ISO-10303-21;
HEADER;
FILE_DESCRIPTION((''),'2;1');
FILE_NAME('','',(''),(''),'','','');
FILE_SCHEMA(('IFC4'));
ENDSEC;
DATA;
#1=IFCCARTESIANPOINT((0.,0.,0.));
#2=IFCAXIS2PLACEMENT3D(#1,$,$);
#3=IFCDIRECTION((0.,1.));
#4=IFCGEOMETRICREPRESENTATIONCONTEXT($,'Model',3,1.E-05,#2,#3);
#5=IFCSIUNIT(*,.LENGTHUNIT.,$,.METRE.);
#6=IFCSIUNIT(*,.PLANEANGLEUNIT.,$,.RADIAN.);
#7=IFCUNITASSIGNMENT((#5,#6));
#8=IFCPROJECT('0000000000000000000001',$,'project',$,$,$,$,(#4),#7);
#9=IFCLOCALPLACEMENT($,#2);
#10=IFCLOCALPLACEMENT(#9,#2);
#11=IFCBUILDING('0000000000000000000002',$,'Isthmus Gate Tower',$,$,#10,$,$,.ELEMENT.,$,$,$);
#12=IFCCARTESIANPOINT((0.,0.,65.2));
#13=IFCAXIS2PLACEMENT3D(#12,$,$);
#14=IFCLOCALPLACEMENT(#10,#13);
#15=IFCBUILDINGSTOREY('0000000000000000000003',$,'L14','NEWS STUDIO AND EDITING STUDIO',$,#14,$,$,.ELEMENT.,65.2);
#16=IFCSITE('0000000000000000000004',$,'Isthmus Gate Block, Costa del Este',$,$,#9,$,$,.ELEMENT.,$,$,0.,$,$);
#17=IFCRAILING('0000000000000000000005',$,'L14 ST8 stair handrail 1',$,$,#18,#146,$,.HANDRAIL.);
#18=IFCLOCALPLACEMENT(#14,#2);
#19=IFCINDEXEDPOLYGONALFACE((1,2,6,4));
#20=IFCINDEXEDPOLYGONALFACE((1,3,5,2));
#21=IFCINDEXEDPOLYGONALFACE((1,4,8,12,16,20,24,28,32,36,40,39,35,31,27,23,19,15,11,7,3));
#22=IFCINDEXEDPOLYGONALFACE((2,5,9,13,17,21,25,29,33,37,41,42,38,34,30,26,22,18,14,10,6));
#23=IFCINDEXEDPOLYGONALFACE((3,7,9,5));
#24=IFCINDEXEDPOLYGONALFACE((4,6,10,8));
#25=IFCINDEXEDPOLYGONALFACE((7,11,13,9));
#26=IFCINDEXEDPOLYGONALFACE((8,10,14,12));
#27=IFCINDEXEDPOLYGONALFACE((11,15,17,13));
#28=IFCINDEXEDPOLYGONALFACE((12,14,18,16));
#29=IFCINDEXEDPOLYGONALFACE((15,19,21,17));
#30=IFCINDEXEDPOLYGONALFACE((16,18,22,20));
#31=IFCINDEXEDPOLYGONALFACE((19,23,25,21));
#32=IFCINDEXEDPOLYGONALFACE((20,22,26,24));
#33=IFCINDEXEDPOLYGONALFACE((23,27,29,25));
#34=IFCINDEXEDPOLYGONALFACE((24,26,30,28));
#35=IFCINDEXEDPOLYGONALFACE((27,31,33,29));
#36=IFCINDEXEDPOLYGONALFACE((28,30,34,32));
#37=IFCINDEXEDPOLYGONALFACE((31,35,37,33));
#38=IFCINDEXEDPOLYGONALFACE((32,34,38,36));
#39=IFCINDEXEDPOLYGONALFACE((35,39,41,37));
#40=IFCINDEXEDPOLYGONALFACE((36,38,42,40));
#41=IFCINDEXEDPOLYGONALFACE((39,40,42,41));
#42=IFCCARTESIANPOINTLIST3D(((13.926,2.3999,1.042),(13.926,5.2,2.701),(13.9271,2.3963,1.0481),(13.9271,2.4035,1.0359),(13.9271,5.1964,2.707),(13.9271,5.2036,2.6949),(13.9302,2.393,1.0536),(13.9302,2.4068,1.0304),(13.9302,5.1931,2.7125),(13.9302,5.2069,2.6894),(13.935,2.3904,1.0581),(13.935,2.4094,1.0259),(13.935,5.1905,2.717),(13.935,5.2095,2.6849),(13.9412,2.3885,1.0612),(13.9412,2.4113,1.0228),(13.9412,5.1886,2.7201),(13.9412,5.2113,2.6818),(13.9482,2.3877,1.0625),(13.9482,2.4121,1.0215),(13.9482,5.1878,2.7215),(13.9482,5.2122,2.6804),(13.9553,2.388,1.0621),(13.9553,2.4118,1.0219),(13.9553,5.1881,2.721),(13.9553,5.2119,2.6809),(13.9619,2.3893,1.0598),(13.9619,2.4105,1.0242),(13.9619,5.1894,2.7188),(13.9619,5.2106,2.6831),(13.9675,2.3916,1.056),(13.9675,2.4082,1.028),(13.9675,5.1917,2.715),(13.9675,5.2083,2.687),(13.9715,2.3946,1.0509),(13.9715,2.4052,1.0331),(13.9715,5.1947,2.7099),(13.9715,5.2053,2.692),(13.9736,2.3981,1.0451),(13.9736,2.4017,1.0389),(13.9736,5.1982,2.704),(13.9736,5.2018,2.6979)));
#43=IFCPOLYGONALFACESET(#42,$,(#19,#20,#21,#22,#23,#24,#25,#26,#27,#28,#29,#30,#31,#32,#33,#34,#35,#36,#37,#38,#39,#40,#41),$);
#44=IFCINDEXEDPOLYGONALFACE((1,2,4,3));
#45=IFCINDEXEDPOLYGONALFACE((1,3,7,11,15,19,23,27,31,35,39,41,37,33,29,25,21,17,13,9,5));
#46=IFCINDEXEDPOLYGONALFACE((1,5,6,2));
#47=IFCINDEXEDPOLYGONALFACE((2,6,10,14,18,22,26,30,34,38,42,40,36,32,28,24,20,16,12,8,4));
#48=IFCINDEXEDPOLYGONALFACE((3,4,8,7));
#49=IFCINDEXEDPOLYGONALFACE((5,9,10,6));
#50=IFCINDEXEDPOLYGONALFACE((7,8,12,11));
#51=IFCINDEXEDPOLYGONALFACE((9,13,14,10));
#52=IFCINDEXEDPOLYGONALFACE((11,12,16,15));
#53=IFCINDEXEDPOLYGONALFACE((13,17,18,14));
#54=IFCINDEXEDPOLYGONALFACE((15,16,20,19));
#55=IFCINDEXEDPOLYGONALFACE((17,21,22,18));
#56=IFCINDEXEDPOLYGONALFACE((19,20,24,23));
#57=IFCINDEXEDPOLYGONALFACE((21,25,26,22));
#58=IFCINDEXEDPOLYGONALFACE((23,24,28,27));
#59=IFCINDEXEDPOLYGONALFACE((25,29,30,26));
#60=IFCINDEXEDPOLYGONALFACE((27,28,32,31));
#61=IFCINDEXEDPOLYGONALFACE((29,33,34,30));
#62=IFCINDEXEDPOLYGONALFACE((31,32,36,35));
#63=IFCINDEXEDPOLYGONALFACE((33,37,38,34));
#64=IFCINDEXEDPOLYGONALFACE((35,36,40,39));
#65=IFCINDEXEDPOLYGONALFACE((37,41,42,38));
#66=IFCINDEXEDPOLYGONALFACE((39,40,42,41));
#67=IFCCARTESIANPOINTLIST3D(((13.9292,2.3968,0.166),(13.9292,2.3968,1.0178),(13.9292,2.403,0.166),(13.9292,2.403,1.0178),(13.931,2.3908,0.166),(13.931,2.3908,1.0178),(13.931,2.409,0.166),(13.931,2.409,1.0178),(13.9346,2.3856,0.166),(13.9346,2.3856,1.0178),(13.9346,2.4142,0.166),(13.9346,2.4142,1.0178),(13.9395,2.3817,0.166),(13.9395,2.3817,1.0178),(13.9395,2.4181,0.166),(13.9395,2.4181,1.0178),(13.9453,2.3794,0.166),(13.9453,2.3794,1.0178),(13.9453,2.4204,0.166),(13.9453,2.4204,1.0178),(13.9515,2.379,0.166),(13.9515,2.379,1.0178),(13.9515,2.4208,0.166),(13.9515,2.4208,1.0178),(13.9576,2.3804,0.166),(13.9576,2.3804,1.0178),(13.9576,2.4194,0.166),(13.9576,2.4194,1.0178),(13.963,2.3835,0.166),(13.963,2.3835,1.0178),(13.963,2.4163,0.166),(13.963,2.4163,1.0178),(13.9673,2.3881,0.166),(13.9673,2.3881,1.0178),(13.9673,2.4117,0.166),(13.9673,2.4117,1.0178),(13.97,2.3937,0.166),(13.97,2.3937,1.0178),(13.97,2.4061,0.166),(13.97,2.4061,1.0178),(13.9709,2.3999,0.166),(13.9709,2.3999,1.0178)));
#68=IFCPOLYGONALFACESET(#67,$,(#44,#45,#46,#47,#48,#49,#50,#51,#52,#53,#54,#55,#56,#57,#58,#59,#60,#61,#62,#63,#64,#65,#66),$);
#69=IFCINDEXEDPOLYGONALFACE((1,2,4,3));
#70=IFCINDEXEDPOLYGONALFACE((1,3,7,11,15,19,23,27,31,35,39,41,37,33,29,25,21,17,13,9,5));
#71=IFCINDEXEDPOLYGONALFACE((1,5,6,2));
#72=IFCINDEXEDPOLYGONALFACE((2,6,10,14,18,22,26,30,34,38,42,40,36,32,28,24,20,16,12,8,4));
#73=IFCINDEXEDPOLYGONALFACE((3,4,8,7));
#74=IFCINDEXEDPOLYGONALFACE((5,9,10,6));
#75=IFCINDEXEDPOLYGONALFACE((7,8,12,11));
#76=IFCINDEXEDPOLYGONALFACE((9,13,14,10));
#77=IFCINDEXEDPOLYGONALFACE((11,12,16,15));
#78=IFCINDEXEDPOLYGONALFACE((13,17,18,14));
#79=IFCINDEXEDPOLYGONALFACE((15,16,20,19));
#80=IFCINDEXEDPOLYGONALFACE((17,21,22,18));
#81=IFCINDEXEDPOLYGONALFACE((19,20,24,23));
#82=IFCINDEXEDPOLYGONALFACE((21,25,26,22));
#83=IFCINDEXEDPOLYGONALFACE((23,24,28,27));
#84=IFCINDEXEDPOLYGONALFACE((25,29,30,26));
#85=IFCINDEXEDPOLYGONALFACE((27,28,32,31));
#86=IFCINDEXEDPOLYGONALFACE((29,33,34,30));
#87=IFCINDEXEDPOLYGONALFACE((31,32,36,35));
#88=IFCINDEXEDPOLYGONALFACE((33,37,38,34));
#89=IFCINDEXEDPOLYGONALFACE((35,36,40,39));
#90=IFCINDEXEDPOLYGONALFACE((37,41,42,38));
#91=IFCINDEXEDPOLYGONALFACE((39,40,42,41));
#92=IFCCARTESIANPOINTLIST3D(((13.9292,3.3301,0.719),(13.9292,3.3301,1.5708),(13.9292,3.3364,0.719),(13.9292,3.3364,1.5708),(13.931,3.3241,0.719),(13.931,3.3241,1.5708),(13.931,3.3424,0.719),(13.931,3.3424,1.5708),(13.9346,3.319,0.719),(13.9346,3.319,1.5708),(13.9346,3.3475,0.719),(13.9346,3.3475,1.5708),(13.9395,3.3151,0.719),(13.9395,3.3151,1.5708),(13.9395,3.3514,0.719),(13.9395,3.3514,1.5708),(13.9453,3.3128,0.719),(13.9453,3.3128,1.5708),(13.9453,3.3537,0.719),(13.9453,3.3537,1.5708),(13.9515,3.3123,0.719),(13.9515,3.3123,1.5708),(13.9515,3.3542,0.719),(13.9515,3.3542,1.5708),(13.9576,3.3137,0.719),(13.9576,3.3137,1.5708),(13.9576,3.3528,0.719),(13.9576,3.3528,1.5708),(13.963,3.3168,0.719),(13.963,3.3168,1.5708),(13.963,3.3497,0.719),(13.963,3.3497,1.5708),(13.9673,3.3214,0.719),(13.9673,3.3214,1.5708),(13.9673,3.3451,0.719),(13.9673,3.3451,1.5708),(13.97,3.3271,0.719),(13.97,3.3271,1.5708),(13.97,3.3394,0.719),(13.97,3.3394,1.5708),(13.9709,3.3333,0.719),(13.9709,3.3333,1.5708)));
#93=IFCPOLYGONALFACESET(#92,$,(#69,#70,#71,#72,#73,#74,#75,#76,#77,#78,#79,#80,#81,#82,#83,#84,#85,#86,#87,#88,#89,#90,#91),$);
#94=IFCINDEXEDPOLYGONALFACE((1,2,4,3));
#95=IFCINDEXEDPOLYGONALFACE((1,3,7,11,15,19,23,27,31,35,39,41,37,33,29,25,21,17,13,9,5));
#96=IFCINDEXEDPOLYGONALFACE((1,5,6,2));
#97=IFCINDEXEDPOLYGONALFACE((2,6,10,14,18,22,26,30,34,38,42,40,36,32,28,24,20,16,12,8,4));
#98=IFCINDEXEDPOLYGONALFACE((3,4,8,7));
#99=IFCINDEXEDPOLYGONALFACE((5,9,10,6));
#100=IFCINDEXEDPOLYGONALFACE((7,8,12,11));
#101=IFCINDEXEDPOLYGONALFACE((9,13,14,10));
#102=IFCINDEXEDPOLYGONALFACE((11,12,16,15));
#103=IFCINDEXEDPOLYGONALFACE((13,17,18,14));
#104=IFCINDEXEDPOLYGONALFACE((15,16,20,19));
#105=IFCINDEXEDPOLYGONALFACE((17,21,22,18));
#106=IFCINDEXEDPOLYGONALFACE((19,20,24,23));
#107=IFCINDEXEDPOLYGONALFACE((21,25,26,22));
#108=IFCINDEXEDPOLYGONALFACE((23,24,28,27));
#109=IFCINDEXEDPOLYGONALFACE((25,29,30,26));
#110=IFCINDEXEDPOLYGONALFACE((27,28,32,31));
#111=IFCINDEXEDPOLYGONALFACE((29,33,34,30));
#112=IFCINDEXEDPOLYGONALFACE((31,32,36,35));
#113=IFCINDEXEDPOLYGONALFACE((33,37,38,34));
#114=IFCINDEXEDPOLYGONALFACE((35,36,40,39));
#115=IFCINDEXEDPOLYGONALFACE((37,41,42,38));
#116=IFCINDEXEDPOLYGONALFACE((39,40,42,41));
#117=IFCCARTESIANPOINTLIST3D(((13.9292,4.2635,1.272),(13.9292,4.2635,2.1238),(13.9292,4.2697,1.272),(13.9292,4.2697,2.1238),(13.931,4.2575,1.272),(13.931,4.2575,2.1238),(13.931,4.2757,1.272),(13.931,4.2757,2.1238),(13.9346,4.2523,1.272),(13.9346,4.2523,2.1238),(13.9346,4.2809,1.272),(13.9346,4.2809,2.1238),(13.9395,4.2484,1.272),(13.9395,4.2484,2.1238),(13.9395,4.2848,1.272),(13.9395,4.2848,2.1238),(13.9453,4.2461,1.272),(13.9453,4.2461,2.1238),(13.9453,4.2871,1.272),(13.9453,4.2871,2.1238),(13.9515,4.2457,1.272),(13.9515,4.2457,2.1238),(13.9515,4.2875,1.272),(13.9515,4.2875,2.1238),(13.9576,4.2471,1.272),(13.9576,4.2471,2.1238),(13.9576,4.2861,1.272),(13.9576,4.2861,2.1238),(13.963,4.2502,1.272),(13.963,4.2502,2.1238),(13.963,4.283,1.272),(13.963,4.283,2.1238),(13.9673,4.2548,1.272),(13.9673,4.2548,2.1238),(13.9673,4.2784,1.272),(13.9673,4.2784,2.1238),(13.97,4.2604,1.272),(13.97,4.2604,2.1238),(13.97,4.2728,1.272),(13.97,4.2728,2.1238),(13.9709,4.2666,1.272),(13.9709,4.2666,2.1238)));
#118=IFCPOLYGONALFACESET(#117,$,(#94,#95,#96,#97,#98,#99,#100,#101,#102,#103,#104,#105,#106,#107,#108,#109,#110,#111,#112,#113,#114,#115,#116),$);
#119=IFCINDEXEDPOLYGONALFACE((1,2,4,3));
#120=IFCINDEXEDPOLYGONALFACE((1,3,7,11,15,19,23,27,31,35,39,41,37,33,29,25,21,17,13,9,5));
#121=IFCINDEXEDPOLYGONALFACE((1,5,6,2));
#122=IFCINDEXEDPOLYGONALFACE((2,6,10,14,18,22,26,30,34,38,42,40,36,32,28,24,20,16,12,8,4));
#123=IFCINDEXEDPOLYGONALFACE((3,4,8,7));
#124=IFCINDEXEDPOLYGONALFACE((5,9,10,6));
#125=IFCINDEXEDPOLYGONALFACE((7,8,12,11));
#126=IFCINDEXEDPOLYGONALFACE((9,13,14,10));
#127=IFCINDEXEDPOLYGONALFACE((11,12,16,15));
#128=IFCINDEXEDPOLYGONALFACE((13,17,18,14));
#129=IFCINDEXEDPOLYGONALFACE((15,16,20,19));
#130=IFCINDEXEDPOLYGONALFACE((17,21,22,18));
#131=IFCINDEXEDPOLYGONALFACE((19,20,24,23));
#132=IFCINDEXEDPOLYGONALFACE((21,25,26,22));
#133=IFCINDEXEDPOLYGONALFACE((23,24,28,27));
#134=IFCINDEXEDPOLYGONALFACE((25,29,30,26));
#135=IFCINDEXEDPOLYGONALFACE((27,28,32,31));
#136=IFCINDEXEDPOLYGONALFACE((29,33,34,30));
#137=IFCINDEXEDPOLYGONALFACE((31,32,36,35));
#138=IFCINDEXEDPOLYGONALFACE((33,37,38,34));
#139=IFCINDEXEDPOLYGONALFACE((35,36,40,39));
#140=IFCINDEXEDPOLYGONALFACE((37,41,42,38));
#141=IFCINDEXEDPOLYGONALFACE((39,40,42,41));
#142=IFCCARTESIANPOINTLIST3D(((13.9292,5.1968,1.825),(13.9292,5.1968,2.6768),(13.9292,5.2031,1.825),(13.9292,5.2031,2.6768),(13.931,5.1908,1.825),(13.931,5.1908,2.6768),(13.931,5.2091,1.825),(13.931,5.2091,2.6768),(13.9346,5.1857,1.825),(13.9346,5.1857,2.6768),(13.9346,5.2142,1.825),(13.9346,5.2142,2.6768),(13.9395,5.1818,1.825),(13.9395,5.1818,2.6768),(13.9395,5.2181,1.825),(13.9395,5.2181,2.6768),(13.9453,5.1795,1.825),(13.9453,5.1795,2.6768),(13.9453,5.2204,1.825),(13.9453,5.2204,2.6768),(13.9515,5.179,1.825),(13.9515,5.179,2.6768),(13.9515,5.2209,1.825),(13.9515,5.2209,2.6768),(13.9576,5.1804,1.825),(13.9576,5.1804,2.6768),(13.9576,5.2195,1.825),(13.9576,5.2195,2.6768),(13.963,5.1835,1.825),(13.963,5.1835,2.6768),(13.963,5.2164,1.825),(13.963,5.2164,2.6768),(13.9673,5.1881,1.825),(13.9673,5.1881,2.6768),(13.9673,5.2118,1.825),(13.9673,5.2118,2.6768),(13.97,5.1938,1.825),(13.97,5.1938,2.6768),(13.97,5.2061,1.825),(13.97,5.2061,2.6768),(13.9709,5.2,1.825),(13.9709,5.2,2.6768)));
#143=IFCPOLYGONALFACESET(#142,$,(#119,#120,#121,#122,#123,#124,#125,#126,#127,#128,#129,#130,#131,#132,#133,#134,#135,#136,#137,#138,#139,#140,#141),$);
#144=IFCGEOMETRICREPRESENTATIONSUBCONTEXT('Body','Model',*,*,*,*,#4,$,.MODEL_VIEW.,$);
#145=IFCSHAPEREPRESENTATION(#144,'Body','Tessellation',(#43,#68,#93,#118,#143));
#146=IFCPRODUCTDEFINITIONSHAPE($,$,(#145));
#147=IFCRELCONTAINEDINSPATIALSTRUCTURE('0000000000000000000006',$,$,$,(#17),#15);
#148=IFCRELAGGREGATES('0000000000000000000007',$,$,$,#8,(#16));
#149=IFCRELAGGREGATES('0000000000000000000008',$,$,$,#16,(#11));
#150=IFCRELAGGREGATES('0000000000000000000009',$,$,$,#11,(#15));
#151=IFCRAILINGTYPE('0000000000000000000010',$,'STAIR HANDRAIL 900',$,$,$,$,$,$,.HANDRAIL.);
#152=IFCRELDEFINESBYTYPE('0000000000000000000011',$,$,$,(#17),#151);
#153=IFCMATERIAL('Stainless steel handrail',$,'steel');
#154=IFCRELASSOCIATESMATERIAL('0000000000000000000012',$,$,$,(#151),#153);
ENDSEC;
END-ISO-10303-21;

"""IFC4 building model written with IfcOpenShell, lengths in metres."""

from ifc_helpers import new_model, si_unit, direction, frame, origin, origin_2d, place, context, subcontext, project, spatial, circle, extrude, material, type_object, element, save


model = new_model("IFC4")

# Units and contexts
model_context = context("Model", 3, precision=1e-05, world=origin(), true_north=direction((0.0, 1.0)))
body_context = subcontext(model_context, "Body", "Model", "MODEL_VIEW")
ifc_project = project(units=[si_unit("LENGTHUNIT", "METRE"), si_unit("PLANEANGLEUNIT", "RADIAN")], contexts=[model_context])

# Site, building, storey
site_placement = place(None, origin())
site = spatial("IfcSite", under=ifc_project, at=site_placement, Name="Isthmus Gate Block, Costa del Este", CompositionType="ELEMENT", RefElevation=0.0)
building_placement = place(site_placement, origin())
building = spatial("IfcBuilding", under=site, at=building_placement, Name="Isthmus Gate Tower", CompositionType="ELEMENT")
storey_placement = place(building_placement, frame((0.0, 0.0, 65.2)))
storey = spatial("IfcBuildingStorey", under=building, at=storey_placement, Name="L14", Description="NEWS STUDIO AND EDITING STUDIO", CompositionType="ELEMENT", Elevation=65.2)

# Railing
ifc_material_1 = material(Name="Stainless steel handrail", Category="steel")
railing_type = type_object("IfcRailingType", Name="STAIR HANDRAIL 900", PredefinedType="HANDRAIL", material=ifc_material_1)
railing_1_placement = place(storey_placement, frame((13.95, 2.3999, 0.166)))
element("IfcRailing", 1, at=railing_1_placement, inside=storey, type_object=railing_type, Name="L14 ST8 stair handrail 1", PredefinedType="HANDRAIL", context=body_context, shape_type="SweptSolid", body=[
    extrude(circle(Radius=0.0239, at=origin_2d()), frame((0.0, 0.0, 0.876), z_axis=(0.0, 0.860339, 0.509722), x_axis=(-1.0, 0.0, 0.0)), (0.0, 0.0, 1.0), 3.2546),
    extrude(circle(Radius=0.021, at=origin_2d()), origin(), (0.0, 0.0, 1.0), 0.8518),
    extrude(circle(Radius=0.021, at=origin_2d()), frame((0.0, 0.9333, 0.553)), (0.0, 0.0, 1.0), 0.8518),
    extrude(circle(Radius=0.021, at=origin_2d()), frame((0.0, 1.8667, 1.106)), (0.0, 0.0, 1.0), 0.8518),
    extrude(circle(Radius=0.021, at=origin_2d()), frame((0.0, 2.8, 1.6589)), (0.0, 0.0, 1.0), 0.8518),
])

save(model, "model.ifc")
